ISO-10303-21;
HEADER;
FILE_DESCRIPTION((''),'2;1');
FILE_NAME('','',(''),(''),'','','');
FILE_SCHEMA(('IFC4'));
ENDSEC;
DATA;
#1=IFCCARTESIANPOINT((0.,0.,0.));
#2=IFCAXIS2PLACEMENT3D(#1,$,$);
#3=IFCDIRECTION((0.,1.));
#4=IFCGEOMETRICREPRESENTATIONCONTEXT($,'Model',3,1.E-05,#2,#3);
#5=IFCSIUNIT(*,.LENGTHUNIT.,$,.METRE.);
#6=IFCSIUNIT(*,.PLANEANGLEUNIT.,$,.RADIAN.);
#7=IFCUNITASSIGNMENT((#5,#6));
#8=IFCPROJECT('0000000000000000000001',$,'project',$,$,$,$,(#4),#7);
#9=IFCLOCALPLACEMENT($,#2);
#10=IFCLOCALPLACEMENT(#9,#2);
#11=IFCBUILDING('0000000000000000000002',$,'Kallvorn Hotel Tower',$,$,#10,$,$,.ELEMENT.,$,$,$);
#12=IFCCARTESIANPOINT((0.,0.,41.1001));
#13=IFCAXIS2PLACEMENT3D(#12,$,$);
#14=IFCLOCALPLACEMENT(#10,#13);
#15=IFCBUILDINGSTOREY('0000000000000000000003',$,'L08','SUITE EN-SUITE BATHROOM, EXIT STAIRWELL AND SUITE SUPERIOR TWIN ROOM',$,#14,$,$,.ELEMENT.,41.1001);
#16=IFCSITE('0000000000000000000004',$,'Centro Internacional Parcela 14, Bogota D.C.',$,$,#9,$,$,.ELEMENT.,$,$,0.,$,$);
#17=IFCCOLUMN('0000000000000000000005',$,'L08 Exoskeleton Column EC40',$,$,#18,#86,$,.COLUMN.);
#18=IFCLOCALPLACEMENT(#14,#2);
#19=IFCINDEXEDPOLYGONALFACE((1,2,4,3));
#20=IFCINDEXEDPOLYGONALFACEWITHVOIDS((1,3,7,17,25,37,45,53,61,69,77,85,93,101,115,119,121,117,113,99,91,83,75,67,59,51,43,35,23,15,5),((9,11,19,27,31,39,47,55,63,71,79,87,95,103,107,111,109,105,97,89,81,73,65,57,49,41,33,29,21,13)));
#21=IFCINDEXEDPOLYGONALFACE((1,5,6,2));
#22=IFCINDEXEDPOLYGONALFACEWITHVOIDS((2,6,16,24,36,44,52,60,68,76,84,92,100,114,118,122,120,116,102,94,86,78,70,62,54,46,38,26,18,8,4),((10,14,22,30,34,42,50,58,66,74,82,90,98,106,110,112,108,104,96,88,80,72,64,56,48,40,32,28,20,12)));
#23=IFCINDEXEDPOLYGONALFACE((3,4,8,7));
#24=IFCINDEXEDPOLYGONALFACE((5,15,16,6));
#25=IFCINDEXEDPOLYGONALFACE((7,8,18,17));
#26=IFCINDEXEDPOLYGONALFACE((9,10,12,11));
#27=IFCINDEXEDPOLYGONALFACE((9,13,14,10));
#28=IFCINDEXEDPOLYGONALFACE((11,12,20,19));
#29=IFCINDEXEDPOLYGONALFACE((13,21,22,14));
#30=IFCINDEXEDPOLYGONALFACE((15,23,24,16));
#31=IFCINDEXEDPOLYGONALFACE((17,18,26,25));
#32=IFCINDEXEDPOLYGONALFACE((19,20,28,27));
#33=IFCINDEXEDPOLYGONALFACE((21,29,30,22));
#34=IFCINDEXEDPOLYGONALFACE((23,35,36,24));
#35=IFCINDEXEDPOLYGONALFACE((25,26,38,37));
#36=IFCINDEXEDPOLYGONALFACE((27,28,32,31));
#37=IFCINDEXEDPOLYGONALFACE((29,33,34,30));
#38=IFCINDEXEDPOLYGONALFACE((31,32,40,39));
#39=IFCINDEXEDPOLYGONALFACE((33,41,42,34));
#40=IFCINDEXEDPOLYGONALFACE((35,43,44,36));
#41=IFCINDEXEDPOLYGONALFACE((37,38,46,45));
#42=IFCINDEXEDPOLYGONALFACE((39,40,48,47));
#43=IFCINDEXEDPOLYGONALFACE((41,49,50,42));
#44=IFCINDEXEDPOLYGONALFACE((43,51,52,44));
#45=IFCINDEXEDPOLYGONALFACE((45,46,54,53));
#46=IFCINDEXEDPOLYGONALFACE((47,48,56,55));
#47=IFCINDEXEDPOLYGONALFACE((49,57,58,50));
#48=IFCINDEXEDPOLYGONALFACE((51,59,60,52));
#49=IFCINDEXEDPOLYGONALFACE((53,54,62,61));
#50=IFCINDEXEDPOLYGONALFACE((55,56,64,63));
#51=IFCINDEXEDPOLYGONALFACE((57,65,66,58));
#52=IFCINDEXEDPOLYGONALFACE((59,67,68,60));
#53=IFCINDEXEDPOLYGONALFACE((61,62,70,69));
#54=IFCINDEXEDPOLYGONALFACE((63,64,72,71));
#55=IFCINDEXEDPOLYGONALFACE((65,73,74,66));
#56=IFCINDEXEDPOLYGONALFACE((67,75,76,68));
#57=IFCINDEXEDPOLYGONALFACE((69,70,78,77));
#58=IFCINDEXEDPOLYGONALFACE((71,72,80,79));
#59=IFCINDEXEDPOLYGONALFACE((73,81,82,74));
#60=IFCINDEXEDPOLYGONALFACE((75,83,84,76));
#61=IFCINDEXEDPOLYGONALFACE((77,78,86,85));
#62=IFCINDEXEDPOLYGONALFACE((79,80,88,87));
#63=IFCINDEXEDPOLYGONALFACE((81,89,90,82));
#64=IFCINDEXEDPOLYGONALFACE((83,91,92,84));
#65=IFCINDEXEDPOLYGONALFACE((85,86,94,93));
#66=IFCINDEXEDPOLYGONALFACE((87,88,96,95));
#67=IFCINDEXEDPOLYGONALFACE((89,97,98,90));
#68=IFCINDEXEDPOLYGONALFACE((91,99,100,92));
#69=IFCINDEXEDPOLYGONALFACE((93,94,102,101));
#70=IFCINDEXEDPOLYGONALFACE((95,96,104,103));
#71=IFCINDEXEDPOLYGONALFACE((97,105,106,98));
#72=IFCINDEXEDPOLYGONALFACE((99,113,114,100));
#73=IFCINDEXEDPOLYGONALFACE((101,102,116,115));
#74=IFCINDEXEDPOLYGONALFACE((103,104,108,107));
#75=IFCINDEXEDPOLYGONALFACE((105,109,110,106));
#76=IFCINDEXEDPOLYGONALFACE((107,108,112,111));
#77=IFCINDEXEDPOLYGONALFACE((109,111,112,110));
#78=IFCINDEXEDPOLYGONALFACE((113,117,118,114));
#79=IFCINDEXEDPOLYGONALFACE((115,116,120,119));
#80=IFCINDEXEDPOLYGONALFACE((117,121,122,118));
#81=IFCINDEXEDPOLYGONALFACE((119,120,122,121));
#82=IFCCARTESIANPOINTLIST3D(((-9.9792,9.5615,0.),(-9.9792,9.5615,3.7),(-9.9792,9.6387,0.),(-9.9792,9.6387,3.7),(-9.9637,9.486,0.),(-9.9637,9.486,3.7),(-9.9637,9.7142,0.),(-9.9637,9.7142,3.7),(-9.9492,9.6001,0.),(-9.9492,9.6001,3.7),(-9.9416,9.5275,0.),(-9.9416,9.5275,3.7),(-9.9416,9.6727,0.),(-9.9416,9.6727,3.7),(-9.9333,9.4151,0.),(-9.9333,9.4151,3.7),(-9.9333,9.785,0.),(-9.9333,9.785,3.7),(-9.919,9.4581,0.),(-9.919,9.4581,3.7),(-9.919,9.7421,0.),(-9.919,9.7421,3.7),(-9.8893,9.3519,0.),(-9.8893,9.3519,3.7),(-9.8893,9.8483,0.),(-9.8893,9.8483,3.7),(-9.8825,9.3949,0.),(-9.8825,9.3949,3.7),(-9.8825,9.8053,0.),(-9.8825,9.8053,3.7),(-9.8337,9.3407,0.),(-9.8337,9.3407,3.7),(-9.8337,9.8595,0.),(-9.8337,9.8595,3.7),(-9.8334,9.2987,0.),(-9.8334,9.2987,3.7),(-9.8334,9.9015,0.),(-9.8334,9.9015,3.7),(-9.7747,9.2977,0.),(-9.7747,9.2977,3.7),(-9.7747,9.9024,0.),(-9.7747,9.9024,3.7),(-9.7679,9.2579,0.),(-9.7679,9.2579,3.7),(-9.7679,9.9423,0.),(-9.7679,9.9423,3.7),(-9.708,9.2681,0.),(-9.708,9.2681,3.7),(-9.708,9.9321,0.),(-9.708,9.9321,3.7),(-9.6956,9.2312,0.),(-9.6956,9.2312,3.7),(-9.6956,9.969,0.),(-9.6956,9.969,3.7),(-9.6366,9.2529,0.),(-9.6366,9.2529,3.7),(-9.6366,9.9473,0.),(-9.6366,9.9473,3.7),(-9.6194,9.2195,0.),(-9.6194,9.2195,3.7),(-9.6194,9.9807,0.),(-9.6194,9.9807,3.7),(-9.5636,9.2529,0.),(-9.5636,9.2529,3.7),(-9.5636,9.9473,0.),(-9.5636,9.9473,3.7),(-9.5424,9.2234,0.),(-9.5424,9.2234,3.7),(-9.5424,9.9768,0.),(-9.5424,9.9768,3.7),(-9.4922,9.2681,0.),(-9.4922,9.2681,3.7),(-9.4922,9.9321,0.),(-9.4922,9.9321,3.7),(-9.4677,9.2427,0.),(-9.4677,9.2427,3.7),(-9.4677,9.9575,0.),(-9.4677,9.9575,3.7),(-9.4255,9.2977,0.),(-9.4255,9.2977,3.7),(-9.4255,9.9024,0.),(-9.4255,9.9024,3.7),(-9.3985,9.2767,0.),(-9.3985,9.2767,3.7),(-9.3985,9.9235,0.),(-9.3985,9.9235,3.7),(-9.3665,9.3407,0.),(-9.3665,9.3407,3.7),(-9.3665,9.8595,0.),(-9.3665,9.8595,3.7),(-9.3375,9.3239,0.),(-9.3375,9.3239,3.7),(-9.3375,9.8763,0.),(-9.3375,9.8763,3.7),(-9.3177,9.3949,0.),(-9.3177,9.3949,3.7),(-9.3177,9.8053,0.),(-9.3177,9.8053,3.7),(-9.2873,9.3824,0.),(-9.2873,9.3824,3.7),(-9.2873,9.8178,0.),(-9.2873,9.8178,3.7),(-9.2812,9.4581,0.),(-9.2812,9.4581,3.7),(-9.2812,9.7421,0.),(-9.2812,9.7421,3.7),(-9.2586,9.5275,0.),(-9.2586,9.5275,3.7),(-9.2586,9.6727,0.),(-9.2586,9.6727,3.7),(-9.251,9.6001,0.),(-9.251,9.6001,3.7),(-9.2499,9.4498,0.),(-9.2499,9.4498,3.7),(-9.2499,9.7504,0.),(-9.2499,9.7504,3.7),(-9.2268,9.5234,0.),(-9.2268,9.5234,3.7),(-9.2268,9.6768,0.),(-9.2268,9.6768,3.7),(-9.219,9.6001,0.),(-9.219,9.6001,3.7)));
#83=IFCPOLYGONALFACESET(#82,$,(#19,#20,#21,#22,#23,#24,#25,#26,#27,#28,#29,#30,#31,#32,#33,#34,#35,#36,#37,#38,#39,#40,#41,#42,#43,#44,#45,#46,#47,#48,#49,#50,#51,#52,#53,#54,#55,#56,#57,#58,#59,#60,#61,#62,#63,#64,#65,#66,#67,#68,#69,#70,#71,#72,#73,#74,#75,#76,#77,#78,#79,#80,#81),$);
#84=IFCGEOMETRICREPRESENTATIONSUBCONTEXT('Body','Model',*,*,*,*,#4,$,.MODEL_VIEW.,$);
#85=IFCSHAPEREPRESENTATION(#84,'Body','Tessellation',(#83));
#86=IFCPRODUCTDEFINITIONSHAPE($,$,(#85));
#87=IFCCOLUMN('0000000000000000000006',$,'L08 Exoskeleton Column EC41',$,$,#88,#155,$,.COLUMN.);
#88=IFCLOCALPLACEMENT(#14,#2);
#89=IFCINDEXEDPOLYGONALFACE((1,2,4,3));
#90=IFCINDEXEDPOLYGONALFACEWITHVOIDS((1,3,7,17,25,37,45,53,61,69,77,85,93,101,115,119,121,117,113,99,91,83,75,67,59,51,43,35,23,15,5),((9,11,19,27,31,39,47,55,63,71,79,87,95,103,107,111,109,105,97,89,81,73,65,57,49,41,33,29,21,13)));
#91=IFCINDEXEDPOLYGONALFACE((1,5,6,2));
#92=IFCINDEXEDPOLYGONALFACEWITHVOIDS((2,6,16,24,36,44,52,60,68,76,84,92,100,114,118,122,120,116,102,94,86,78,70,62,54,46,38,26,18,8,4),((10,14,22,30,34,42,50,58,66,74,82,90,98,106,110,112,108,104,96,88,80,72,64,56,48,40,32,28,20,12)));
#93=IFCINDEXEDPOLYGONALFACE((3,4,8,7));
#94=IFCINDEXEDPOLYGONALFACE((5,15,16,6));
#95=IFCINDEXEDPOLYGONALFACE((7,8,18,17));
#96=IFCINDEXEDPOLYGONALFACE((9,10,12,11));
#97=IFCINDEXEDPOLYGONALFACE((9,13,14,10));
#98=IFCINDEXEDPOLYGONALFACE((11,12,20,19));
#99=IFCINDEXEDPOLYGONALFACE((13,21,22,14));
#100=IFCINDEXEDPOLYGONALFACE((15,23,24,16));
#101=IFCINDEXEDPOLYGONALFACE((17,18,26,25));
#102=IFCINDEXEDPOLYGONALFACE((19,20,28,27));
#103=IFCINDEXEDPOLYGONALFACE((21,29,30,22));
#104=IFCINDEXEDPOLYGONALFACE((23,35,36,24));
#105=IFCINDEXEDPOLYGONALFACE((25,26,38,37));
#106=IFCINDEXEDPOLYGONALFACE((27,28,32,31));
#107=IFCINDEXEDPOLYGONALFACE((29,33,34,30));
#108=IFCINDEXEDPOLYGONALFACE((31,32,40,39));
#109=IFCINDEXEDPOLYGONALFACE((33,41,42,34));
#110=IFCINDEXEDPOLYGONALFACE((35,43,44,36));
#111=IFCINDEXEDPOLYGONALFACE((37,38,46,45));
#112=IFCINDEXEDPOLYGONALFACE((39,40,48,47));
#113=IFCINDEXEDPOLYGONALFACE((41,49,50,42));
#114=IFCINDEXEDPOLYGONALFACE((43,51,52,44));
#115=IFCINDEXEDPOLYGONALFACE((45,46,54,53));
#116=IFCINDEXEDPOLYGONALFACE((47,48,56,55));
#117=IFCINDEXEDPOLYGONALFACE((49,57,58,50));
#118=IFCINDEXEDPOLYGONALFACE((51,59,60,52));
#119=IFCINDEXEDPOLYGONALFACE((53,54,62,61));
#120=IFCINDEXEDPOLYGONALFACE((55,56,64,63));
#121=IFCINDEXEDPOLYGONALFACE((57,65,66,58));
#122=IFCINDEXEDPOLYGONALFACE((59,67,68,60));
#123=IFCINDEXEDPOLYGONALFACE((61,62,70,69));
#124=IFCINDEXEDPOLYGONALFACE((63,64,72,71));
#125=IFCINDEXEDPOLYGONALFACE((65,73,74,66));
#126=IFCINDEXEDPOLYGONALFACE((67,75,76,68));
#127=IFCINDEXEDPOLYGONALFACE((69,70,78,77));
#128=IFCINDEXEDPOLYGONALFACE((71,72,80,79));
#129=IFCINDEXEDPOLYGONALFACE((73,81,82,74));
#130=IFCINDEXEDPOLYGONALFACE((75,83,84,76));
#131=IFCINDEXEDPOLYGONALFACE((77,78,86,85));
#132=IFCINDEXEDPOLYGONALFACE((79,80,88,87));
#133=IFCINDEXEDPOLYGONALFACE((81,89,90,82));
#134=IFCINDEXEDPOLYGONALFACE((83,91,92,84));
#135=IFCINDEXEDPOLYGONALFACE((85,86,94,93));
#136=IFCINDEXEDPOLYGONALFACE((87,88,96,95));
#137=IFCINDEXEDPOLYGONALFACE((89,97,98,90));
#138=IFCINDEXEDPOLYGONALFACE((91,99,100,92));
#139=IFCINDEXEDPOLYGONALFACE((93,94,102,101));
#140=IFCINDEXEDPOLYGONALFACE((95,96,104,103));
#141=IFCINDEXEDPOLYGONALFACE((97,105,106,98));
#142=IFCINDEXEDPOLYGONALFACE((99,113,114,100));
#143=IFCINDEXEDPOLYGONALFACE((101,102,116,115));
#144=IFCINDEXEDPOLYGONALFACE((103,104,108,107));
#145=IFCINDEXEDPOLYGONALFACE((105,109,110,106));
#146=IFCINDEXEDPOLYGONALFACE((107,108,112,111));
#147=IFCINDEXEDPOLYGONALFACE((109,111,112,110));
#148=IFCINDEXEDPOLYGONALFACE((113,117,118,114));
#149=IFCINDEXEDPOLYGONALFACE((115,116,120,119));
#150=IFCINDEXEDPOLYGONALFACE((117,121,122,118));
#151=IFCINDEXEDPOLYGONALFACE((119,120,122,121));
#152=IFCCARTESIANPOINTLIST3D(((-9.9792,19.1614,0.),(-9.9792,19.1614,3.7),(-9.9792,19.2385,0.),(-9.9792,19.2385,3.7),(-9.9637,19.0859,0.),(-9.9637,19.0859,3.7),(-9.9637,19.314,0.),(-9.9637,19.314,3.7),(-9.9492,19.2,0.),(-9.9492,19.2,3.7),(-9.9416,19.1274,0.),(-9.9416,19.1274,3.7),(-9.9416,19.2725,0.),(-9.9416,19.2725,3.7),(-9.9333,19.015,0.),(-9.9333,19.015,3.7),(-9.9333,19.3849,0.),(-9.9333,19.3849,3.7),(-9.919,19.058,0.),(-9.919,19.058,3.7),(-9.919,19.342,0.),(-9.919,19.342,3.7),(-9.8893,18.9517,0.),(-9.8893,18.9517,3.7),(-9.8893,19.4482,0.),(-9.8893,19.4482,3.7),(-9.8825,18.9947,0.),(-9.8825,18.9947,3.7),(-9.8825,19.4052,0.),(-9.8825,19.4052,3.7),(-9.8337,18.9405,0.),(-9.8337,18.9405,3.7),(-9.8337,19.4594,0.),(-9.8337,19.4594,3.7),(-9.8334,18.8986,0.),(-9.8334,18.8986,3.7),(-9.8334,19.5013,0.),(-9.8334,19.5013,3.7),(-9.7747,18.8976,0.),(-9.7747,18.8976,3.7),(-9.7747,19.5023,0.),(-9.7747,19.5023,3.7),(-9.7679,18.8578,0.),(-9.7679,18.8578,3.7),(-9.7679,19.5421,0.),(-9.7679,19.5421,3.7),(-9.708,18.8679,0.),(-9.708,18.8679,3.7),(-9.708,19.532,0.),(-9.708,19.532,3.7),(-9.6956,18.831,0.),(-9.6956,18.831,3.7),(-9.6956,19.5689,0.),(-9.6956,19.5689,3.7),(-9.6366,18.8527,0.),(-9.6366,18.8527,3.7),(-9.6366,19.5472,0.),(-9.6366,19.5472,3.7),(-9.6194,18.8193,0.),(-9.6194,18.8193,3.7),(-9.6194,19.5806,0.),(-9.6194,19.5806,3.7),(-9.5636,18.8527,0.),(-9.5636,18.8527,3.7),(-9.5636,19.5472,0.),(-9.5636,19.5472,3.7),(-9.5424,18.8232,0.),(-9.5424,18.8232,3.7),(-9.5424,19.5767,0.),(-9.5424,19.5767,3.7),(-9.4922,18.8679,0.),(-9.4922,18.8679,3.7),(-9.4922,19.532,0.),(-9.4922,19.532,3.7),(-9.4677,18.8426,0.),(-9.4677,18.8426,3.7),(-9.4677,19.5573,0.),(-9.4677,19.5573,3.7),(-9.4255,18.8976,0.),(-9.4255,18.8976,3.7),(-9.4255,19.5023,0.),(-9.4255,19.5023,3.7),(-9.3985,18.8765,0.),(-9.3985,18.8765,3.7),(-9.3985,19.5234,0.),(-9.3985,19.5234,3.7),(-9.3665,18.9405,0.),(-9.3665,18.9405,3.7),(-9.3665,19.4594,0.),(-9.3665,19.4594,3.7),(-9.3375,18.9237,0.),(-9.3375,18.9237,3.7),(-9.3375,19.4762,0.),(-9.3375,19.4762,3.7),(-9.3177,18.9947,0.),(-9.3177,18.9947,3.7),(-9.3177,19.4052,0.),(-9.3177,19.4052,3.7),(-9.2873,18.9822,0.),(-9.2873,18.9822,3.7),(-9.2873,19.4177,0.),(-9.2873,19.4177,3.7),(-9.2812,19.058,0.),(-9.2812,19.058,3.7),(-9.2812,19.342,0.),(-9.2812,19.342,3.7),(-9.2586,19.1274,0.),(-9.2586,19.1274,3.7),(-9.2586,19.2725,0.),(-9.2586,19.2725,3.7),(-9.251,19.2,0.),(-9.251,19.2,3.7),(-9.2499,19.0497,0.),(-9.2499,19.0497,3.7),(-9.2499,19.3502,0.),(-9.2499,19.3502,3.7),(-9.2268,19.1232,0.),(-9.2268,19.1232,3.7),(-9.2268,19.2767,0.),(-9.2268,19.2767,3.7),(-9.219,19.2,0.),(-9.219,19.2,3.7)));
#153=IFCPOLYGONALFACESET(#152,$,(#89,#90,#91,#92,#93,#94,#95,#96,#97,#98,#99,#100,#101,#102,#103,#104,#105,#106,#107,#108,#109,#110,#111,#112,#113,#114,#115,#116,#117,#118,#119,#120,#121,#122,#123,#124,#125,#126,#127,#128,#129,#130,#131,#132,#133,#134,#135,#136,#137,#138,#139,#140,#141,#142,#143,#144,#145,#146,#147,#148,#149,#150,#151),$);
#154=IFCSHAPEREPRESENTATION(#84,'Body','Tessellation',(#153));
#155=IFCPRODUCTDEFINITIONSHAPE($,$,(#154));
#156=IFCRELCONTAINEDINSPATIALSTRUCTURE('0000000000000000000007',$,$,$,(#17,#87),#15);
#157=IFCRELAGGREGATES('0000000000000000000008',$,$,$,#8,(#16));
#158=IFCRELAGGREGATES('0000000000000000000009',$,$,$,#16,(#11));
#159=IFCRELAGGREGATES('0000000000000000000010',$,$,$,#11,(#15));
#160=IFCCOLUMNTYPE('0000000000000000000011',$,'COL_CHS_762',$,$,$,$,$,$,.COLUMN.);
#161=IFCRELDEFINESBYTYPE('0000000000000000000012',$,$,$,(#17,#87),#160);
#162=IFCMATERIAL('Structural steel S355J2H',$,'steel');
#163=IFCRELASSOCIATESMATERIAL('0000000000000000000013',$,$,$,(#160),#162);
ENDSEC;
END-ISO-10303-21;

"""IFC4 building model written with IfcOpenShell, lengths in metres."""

from ifc_helpers import new_model, si_unit, direction, frame, origin, origin_2d, place, context, subcontext, project, spatial, hollow_circle, extrude, material, material_profile, profile_set, type_object, element, save


model = new_model("IFC4")

# Units and contexts
model_context = context("Model", 3, precision=1e-05, world=origin(), true_north=direction((0.0, 1.0)))
body_context = subcontext(model_context, "Body", "Model", "MODEL_VIEW")
ifc_project = project(units=[si_unit("LENGTHUNIT", "METRE"), si_unit("PLANEANGLEUNIT", "RADIAN")], contexts=[model_context])

# Site, building, storey
site_placement = place(None, origin())
site = spatial("IfcSite", under=ifc_project, at=site_placement, Name="Centro Internacional Parcela 14, Bogota D.C.", CompositionType="ELEMENT", RefElevation=0.0)
building_placement = place(site_placement, origin())
building = spatial("IfcBuilding", under=site, at=building_placement, Name="Kallvorn Hotel Tower", CompositionType="ELEMENT")
storey_placement = place(building_placement, frame((0.0, 0.0, 41.1001)))
storey = spatial("IfcBuildingStorey", under=building, at=storey_placement, Name="L08", Description="SUITE EN-SUITE BATHROOM, EXIT STAIRWELL AND SUITE SUPERIOR TWIN ROOM", CompositionType="ELEMENT", Elevation=41.1001)

# Columns
ifc_material_1 = material(Name="Structural steel S355J2H", Category="steel")
ifc_material_profile_1 = material_profile(ifc_material_1, hollow_circle(Radius=0.3811, WallThickness=0.032, at=origin_2d()), Name="CHS 762x32")
ifc_profile_set_1 = profile_set([ifc_material_profile_1], Name="Structural steel S355J2H")
column_type_1 = type_object("IfcColumnType", Name="COL_CHS_762", PredefinedType="COLUMN", material=ifc_profile_set_1)
for number, where, z_axis, x_axis, name in (
    (1, (-9.6001, 9.6001, 0.0), (0.0, 0.0, 1.0), (1.0, 0.0, 0.0), "L08 Exoskeleton Column EC40"),
    (2, (-9.6001, 19.2, 0.0), (0.0, 0.0, 1.0), (1.0, 0.0, 0.0), "L08 Exoskeleton Column EC41"),
):
    element("IfcColumn", number, at=place(storey_placement, frame(where, z_axis=z_axis, x_axis=x_axis)), inside=storey, type_object=column_type_1, Name=name, PredefinedType="COLUMN", context=body_context, shape_type="SweptSolid", body=[
        extrude(hollow_circle(Radius=0.3811, WallThickness=0.032, at=origin_2d()), origin(), (0.0, 0.0, 1.0), 3.7),
    ])

save(model, "model.ifc")
